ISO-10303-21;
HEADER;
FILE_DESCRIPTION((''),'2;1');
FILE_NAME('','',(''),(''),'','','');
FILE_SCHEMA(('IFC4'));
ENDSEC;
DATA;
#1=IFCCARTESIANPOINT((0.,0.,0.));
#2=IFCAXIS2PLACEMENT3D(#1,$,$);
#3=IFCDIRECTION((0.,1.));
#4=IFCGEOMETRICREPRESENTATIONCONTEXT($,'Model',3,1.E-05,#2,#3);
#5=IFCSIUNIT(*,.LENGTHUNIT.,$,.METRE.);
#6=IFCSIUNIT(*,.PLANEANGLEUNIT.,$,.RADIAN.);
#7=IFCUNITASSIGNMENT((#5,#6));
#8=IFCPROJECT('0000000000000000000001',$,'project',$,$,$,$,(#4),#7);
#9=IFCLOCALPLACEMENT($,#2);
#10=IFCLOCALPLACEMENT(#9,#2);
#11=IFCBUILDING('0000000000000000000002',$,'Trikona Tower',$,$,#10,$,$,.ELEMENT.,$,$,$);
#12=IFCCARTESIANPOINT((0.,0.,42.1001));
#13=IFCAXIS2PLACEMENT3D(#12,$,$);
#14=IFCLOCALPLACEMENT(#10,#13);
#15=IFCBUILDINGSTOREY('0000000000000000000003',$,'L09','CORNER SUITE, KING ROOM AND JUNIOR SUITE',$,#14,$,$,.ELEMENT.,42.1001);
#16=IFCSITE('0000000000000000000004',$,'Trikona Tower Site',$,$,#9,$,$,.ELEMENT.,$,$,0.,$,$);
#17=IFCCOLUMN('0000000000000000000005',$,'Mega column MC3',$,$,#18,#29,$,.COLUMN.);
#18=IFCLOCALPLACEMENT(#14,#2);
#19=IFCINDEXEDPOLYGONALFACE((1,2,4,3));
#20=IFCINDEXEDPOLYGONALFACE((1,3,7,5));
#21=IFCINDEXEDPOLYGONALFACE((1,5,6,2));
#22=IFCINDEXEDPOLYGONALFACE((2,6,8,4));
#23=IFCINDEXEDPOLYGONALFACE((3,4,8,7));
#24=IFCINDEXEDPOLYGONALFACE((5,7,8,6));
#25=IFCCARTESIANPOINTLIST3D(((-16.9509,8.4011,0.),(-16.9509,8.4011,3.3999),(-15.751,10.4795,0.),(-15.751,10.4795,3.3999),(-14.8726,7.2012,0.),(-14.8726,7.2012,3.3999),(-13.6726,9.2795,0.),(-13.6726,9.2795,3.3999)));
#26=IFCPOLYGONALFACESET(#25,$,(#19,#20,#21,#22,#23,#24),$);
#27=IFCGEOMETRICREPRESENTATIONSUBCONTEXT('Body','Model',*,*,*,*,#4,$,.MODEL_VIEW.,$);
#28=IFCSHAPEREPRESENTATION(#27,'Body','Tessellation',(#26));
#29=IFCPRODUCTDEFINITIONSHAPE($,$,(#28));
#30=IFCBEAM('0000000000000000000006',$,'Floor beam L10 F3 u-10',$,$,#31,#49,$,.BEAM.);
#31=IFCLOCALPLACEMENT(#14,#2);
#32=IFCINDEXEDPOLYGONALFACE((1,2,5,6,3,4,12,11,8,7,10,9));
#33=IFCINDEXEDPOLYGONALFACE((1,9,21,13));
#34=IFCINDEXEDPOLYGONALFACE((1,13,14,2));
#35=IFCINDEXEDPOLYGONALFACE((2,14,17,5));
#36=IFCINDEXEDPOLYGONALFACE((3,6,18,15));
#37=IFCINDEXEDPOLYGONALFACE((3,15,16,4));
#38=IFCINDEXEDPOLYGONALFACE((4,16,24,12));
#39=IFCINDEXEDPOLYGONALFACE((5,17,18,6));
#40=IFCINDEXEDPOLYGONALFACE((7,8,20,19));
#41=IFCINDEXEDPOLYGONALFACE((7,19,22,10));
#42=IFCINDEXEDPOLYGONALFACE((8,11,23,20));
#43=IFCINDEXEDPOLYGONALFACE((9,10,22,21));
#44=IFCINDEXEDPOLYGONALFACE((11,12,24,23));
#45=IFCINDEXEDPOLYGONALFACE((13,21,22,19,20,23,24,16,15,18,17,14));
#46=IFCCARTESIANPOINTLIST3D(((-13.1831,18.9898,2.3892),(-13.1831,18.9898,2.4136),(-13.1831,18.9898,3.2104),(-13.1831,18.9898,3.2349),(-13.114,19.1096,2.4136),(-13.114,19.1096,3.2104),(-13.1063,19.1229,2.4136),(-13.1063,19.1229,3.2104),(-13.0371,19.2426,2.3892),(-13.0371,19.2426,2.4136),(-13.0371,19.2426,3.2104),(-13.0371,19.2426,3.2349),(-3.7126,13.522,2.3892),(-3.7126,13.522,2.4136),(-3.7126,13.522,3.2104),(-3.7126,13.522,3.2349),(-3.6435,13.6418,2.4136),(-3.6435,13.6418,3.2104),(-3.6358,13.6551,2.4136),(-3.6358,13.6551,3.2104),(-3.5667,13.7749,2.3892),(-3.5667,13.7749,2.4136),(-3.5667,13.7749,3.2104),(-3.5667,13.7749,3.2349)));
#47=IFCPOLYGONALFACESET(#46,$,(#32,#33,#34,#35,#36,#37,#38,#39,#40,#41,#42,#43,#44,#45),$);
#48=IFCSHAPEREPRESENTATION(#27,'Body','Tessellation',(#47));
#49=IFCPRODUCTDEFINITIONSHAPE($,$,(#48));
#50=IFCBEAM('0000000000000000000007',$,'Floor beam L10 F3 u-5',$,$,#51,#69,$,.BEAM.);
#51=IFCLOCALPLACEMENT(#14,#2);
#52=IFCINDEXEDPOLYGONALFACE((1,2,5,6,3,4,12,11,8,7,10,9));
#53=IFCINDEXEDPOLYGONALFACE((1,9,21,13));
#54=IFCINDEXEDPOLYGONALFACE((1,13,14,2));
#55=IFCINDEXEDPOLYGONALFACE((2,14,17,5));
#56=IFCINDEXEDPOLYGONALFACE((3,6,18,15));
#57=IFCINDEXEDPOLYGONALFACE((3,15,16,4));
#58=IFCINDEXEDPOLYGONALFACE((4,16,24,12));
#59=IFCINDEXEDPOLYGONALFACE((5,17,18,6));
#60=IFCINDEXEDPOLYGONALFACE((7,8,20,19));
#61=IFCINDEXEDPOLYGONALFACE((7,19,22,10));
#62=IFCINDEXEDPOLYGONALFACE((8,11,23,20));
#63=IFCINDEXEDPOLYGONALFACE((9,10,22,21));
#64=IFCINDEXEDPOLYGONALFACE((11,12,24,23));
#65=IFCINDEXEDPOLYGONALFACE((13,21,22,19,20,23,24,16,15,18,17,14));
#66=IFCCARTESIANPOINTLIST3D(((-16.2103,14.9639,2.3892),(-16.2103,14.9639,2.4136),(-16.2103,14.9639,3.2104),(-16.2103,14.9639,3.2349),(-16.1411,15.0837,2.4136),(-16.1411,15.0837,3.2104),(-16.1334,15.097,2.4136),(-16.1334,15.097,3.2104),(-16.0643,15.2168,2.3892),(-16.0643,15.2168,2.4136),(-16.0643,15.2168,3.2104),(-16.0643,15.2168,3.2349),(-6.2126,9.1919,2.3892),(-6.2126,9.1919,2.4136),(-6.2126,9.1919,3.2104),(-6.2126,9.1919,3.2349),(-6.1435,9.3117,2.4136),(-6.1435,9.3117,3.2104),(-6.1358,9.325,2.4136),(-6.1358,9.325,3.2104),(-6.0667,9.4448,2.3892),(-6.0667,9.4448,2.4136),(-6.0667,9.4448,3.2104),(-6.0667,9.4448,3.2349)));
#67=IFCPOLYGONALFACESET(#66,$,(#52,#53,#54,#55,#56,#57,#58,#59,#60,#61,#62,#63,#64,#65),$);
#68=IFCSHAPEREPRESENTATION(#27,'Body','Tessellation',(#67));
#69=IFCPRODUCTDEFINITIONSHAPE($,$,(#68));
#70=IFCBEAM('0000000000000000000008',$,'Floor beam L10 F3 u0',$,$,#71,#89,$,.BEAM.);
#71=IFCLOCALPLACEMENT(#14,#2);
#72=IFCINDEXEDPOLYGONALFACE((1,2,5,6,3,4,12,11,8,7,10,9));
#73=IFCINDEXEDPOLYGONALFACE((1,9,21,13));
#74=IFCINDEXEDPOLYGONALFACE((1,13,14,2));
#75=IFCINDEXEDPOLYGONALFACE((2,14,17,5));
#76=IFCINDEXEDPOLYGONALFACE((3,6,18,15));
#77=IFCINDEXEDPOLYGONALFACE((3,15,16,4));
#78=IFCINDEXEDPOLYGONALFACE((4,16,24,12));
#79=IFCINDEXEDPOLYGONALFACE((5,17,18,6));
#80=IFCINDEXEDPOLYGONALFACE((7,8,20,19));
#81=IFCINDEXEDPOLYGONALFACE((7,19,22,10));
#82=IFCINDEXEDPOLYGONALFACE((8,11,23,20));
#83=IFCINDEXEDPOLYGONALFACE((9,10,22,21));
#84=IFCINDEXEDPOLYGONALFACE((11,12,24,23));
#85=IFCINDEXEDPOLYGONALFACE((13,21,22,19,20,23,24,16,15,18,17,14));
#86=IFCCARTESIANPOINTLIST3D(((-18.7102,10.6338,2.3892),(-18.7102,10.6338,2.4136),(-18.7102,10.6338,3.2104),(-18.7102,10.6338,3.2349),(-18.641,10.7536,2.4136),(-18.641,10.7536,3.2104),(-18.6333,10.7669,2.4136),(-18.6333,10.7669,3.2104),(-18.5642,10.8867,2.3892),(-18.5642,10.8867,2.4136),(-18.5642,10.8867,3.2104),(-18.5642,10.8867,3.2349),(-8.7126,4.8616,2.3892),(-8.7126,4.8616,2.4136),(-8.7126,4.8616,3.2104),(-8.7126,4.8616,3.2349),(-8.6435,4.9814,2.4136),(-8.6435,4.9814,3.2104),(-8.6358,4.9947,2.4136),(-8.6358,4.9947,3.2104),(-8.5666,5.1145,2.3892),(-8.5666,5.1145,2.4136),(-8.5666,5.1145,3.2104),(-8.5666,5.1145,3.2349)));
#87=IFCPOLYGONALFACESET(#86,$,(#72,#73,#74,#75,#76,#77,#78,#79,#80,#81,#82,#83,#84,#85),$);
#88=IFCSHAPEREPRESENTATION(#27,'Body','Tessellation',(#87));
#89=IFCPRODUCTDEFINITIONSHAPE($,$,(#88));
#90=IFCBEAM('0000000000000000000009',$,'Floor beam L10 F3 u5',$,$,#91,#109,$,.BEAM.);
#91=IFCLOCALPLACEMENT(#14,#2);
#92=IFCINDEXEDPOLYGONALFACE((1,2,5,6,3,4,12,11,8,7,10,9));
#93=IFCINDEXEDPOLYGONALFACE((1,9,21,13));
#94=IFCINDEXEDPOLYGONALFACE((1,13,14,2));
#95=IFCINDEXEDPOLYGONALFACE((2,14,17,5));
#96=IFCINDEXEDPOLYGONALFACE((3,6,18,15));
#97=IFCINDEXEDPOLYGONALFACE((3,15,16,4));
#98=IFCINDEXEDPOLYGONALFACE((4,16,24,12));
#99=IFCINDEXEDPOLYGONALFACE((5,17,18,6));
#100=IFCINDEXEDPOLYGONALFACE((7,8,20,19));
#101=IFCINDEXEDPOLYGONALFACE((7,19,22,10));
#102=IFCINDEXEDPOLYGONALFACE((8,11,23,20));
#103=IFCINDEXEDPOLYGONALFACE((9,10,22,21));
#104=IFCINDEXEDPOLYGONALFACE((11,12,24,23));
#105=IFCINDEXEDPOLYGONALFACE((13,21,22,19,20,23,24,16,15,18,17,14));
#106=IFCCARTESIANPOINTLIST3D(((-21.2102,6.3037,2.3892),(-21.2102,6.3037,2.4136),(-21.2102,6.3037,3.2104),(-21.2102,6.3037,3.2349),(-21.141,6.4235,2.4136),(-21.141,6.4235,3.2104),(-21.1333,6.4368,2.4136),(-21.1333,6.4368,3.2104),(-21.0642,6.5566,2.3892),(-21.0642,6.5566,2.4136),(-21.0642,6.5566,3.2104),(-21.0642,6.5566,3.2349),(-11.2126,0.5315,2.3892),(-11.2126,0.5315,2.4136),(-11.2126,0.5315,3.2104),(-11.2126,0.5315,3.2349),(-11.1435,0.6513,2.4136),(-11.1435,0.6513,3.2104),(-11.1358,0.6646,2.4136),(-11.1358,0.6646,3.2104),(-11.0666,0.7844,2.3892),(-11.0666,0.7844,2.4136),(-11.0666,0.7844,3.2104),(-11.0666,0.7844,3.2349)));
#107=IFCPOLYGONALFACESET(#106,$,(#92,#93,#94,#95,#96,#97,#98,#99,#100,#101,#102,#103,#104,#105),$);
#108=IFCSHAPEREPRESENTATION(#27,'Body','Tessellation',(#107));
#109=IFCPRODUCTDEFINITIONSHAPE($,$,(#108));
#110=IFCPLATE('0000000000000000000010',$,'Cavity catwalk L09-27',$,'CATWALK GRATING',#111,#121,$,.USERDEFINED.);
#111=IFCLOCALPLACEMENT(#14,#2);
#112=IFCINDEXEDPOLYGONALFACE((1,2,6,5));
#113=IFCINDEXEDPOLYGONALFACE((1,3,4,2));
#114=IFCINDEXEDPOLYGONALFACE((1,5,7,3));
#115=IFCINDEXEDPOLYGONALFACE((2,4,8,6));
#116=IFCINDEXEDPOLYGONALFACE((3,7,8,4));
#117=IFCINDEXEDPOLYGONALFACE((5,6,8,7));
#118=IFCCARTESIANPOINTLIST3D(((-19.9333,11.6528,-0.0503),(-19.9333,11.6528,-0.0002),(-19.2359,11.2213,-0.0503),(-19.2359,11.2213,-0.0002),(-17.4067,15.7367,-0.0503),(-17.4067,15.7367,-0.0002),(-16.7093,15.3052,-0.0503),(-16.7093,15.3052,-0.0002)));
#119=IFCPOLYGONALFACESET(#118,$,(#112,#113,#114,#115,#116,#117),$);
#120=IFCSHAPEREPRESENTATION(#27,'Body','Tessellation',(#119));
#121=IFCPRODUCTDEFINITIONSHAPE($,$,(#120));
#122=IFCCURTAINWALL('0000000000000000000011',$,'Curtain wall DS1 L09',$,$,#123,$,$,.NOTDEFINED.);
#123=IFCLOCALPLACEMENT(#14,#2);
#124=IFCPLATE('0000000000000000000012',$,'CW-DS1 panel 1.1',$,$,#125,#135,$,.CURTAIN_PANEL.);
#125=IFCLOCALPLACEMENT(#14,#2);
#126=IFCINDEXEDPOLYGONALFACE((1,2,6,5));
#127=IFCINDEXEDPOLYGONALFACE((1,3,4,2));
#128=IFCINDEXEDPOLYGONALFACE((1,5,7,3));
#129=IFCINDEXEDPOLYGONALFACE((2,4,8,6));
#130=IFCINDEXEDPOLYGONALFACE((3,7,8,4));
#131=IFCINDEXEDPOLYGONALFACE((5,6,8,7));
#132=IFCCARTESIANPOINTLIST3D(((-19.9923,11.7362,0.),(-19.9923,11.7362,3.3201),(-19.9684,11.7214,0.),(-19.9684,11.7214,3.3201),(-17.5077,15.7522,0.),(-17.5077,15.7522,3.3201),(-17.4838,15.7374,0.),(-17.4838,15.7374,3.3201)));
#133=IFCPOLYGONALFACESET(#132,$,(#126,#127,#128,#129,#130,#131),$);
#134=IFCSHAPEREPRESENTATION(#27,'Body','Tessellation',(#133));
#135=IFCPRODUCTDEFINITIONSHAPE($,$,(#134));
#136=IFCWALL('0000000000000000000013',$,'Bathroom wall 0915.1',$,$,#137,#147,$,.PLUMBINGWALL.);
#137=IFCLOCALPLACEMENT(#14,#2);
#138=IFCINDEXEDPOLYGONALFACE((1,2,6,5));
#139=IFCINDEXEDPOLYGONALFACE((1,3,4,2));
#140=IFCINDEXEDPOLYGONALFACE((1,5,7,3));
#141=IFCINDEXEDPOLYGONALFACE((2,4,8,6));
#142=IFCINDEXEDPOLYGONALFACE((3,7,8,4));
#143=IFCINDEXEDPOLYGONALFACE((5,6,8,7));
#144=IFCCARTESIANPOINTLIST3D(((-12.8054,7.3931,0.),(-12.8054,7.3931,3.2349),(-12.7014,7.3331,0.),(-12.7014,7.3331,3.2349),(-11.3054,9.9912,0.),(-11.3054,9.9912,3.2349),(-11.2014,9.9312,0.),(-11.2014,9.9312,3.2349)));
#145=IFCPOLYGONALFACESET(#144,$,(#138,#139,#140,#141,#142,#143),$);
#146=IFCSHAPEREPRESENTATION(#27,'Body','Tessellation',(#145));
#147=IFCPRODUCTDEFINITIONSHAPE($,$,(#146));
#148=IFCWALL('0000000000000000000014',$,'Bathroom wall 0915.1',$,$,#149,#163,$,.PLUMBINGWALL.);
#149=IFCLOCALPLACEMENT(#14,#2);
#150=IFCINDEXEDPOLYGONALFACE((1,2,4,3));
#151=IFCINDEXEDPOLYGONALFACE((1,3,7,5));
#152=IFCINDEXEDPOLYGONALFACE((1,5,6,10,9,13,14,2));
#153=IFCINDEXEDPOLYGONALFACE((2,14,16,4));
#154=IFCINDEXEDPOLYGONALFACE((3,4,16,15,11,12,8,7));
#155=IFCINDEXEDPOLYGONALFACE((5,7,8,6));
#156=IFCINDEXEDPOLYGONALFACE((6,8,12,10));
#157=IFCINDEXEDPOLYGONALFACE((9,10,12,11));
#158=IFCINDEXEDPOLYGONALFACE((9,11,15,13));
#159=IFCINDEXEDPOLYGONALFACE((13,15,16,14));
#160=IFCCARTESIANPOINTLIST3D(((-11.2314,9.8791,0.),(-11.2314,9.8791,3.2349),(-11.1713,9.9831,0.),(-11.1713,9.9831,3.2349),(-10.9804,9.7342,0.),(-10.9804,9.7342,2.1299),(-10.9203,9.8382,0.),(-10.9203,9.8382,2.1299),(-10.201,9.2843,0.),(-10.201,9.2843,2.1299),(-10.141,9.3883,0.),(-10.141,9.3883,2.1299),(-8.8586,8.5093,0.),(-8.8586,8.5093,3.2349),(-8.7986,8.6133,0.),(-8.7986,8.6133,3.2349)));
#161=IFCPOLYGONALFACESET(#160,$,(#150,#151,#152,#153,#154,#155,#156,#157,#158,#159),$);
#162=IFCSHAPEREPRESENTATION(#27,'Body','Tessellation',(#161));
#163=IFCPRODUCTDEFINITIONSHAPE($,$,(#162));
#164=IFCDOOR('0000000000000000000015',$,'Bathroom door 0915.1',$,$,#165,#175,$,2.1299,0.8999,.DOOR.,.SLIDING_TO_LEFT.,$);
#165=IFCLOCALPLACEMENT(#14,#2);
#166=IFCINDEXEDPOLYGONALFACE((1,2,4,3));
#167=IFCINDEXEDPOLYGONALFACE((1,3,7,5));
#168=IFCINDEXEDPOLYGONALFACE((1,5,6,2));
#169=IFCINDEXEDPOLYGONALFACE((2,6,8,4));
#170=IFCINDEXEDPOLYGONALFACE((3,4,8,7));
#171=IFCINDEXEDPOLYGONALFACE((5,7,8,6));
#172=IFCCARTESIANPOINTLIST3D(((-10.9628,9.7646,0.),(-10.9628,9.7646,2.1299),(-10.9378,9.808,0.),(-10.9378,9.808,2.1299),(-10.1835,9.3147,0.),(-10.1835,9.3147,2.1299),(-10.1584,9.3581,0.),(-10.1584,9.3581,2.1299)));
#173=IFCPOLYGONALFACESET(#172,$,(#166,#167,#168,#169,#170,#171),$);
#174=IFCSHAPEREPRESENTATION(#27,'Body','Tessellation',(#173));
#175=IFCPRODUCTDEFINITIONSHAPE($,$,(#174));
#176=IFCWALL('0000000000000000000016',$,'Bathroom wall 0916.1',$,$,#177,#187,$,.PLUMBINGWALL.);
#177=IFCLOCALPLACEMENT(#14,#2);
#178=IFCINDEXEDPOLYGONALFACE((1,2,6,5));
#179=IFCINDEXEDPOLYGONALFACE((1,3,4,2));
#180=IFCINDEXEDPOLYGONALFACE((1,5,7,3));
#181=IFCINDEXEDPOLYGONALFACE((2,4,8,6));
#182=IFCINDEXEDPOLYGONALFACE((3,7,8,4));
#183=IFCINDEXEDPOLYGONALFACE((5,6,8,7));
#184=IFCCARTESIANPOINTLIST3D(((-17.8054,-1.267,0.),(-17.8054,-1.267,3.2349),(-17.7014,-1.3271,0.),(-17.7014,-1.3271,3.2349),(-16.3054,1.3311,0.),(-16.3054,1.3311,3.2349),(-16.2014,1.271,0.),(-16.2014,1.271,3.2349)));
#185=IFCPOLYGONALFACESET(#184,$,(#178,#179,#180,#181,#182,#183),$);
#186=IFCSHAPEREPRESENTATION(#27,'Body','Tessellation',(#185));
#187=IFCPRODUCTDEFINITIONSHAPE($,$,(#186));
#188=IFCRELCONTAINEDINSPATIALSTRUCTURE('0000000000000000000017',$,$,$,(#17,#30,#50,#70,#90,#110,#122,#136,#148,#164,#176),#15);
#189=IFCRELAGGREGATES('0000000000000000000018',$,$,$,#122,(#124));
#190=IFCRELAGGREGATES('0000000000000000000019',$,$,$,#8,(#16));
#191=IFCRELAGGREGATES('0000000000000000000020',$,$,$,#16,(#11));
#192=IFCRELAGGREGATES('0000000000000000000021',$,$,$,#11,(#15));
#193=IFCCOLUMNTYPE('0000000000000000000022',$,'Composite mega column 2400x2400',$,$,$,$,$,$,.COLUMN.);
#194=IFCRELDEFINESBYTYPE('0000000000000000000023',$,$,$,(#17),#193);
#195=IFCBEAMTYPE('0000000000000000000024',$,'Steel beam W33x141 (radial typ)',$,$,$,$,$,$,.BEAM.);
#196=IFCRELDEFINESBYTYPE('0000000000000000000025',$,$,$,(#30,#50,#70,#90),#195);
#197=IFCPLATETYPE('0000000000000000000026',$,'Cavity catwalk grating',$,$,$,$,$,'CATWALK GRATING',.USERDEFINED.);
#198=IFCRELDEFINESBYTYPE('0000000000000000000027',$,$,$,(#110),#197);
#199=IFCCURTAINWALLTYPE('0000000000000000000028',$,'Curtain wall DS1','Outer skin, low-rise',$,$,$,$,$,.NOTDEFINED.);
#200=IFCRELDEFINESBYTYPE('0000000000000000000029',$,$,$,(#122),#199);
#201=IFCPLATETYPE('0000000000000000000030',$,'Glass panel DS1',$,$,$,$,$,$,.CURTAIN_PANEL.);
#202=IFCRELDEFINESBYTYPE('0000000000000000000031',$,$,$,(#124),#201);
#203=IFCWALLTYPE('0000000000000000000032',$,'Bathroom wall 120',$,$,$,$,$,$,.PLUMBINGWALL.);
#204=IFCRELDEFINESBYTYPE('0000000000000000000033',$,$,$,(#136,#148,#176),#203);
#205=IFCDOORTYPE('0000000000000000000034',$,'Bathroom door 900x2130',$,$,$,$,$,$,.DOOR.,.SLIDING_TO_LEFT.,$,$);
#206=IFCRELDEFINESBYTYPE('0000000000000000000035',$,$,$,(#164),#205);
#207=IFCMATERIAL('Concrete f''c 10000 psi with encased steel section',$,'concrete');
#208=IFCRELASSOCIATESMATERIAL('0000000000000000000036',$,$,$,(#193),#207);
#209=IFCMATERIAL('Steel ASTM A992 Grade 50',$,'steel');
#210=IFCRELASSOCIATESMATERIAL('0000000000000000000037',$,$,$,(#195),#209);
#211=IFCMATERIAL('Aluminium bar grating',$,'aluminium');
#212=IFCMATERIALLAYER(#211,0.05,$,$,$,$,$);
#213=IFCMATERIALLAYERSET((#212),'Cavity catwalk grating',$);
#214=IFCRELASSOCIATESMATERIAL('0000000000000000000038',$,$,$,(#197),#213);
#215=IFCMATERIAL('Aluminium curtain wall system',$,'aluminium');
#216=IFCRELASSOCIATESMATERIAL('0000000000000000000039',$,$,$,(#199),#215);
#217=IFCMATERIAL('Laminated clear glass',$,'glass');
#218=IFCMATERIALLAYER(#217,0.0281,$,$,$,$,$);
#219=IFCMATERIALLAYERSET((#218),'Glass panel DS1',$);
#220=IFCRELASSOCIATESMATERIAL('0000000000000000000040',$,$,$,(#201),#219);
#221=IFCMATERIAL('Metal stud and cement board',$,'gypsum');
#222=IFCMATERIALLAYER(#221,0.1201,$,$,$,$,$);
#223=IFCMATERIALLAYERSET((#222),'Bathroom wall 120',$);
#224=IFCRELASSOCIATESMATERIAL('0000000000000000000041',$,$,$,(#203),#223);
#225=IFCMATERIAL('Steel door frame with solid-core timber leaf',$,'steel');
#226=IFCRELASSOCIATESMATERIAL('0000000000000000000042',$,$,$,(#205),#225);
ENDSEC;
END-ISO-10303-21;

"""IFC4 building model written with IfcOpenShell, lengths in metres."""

from ifc_helpers import new_model, si_unit, direction, frame, frame_2d, origin, origin_2d, place, context, subcontext, project, spatial, rectangle, i_section, extrude, material, layer, layer_set, material_profile, profile_set, type_object, element, fill, aggregate, save


model = new_model("IFC4")

# Units and contexts
model_context = context("Model", 3, precision=1e-05, world=origin(), true_north=direction((0.0, 1.0)))
body_context = subcontext(model_context, "Body", "Model", "MODEL_VIEW")
ifc_project = project(units=[si_unit("LENGTHUNIT", "METRE"), si_unit("PLANEANGLEUNIT", "RADIAN")], contexts=[model_context])

# Site, building, storey
site_placement = place(None, origin())
site = spatial("IfcSite", under=ifc_project, at=site_placement, Name="Trikona Tower Site", CompositionType="ELEMENT", RefElevation=0.0)
building_placement = place(site_placement, origin())
building = spatial("IfcBuilding", under=site, at=building_placement, Name="Trikona Tower", CompositionType="ELEMENT")
storey_placement = place(building_placement, frame((0.0, 0.0, 42.1001)))
storey = spatial("IfcBuildingStorey", under=building, at=storey_placement, Name="L09", Description="CORNER SUITE, KING ROOM AND JUNIOR SUITE", CompositionType="ELEMENT", Elevation=42.1001)

# Column
ifc_material_1 = material(Name="Concrete f'c 10000 psi with encased steel section", Category="concrete")
ifc_material_profile_1 = material_profile(ifc_material_1, rectangle(XDim=2.3999, YDim=2.3999, at=origin_2d()), Name="MC2400")
ifc_profile_set_1 = profile_set([ifc_material_profile_1], Name="Concrete f'c 10000 psi with encased steel section")
column_type = type_object("IfcColumnType", Name="Composite mega column 2400x2400", PredefinedType="COLUMN", material=ifc_profile_set_1)
column_placement = place(storey_placement, frame((-15.3118, 8.8403, 0.0), z_axis=(0.0, 0.0, 1.0), x_axis=(-0.866025, 0.5, 0.0)))
element("IfcColumn", 1, at=column_placement, inside=storey, type_object=column_type, Name="Mega column MC3", PredefinedType="COLUMN", context=body_context, shape_type="SweptSolid", body=[
    extrude(rectangle(XDim=2.3999, YDim=2.3999, at=origin_2d()), origin(), (0.0, 0.0, 1.0), 3.3999),
])

# Beams
ifc_material_2 = material(Name="Steel ASTM A992 Grade 50", Category="steel")
ifc_material_profile_2 = material_profile(ifc_material_2, i_section(OverallWidth=0.292, OverallDepth=0.8457, WebThickness=0.0154, FlangeThickness=0.0244, at=origin_2d()), Name="W33X141")
ifc_profile_set_2 = profile_set([ifc_material_profile_2], Name="Steel ASTM A992 Grade 50")
beam_type = type_object("IfcBeamType", Name="Steel beam W33x141 (radial typ)", PredefinedType="BEAM", material=ifc_profile_set_2)
beam_placement = place(storey_placement, frame((-3.6396, 13.6484, 2.812), z_axis=(-0.866025, 0.5, 0.0), x_axis=(-0.5, -0.866025, 0.0)))
element("IfcBeam", 2, at=beam_placement, inside=storey, type_object=beam_type, Name="Floor beam L10 F3 u-10", PredefinedType="BEAM", context=body_context, shape_type="SweptSolid", body=[
    extrude(i_section(OverallWidth=0.292, OverallDepth=0.8457, WebThickness=0.0154, FlangeThickness=0.0244, at=origin_2d()), origin(), (0.0, 0.0, 1.0), 10.9355),
])
for number, where, z_axis, x_axis, name in (
    (3, (-6.1396, 9.3184, 2.812), (-0.86603, 0.499992, 0.0), (-0.499992, -0.86603, 0.0), "Floor beam L10 F3 u-5"),
    (4, (-8.6396, 4.988, 2.812), (-0.866021, 0.500008, 0.0), (-0.500008, -0.866021, 0.0), "Floor beam L10 F3 u0"),
    (5, (-11.1396, 0.658, 2.812), (-0.866021, 0.500008, 0.0), (-0.500008, -0.866021, 0.0), "Floor beam L10 F3 u5"),
):
    element("IfcBeam", number, at=place(storey_placement, frame(where, z_axis=z_axis, x_axis=x_axis)), inside=storey, type_object=beam_type, Name=name, PredefinedType="BEAM", context=body_context, shape_type="SweptSolid", body=[
        extrude(i_section(OverallWidth=0.292, OverallDepth=0.8457, WebThickness=0.0154, FlangeThickness=0.0244, at=origin_2d()), origin(), (0.0, 0.0, 1.0), 11.5442),
    ])

# Plate
ifc_material_3 = material(Name="Aluminium bar grating", Category="aluminium")
ifc_layer_1 = layer(ifc_material_3, 0.05)
ifc_layer_set_1 = layer_set([ifc_layer_1], Name="Cavity catwalk grating")
plate_type_1 = type_object("IfcPlateType", Name="Cavity catwalk grating", ElementType="CATWALK GRATING", PredefinedType="USERDEFINED", material=ifc_layer_set_1)
plate_1_placement = place(storey_placement, frame((-18.3213, 13.479, -0.0503), z_axis=(0.0, 0.0, 1.0), x_axis=(-0.526119, -0.850411, 0.0)))
element("IfcPlate", 6, at=plate_1_placement, inside=storey, type_object=plate_type_1, Name="Cavity catwalk L09-27", ObjectType="CATWALK GRATING", PredefinedType="USERDEFINED", context=body_context, shape_type="SweptSolid", body=[
    extrude(rectangle(XDim=4.8022, YDim=0.8201, at=origin_2d()), origin(), (0.0, 0.0, 1.0), 0.05),
])

# Curtain wall, plate
ifc_material_4 = material(Name="Aluminium curtain wall system", Category="aluminium")
curtain_wall_type = type_object("IfcCurtainWallType", Name="Curtain wall DS1", Description="Outer skin, low-rise", PredefinedType="NOTDEFINED", material=ifc_material_4)
curtain_wall_placement = place(storey_placement, origin())
curtain_wall = element("IfcCurtainWall", 7, at=curtain_wall_placement, inside=storey, type_object=curtain_wall_type, Name="Curtain wall DS1 L09", PredefinedType="NOTDEFINED")
ifc_material_5 = material(Name="Laminated clear glass", Category="glass")
ifc_layer_2 = layer(ifc_material_5, 0.0281)
ifc_layer_set_2 = layer_set([ifc_layer_2], Name="Glass panel DS1")
plate_type_2 = type_object("IfcPlateType", Name="Glass panel DS1", PredefinedType="CURTAIN_PANEL", material=ifc_layer_set_2)
plate_2_placement = place(storey_placement, frame((-18.738, 13.7368, 0.0), z_axis=(0.0, 0.0, 1.0), x_axis=(-0.52612, -0.85041, 0.0)))
plate_2 = element("IfcPlate", 8, at=plate_2_placement, type_object=plate_type_2, Name="CW-DS1 panel 1.1", PredefinedType="CURTAIN_PANEL", context=body_context, shape_type="SweptSolid", body=[
    extrude(rectangle(XDim=4.7224, YDim=0.0281, at=origin_2d()), origin(), (0.0, 0.0, 1.0), 3.3201),
])
aggregate(curtain_wall, [plate_2])

# Wall
ifc_material_6 = material(Name="Metal stud and cement board", Category="gypsum")
ifc_layer_3 = layer(ifc_material_6, 0.1201)
ifc_layer_set_3 = layer_set([ifc_layer_3], Name="Bathroom wall 120")
wall_type_1 = type_object("IfcWallType", Name="Bathroom wall 120", PredefinedType="PLUMBINGWALL", material=ifc_layer_set_3)
wall_1_placement = place(storey_placement, frame((-11.2534, 9.9612, 0.0), z_axis=(0.0, 0.0, 1.0), x_axis=(-0.49999, -0.866031, 0.0)))
element("IfcWall", 9, at=wall_1_placement, inside=storey, type_object=wall_type_1, Name="Bathroom wall 0915.1", PredefinedType="PLUMBINGWALL", context=body_context, shape_type="SweptSolid", body=[
    extrude(rectangle(XDim=3.0, YDim=0.1201, at=frame_2d((1.5, 0.0))), origin(), (0.0, 0.0, 1.0), 3.2349),
])

# Wall, opening, door
wall_2_placement = place(storey_placement, frame((-8.8286, 8.5613, 0.0), z_axis=(0.0, 0.0, 1.0), x_axis=(-0.866036, 0.499982, 0.0)))
wall_2 = element("IfcWall", 10, at=wall_2_placement, inside=storey, type_object=wall_type_1, Name="Bathroom wall 0915.1", PredefinedType="PLUMBINGWALL", context=body_context, shape_type="SweptSolid", body=[
    extrude(rectangle(XDim=2.7397, YDim=0.1201, at=frame_2d((1.3699, 0.0))), origin(), (0.0, 0.0, 1.0), 3.2349),
])
opening_1_placement = place(wall_2_placement, frame((1.55, 0.0, 0.0)))
opening_1 = element("IfcOpeningElement", 11, at=opening_1_placement, cuts=wall_2, PredefinedType="OPENING", context=body_context, shape_type="SweptSolid", body=[
    extrude(rectangle(XDim=0.8999, YDim=2.1299, at=frame_2d((0.45, 1.0649))), frame((0.0, 0.0701, 0.0), z_axis=(0.0, -1.0, 0.0), x_axis=(1.0, 0.0, 0.0)), (0.0, 0.0, 1.0), 0.1401),
])
ifc_material_7 = material(Name="Steel door frame with solid-core timber leaf", Category="steel")
door_type_1 = type_object("IfcDoorType", Name="Bathroom door 900x2130", OperationType="SLIDING_TO_LEFT", PredefinedType="DOOR", material=ifc_material_7)
door_1_placement = place(opening_1_placement, origin())
door_1 = element("IfcDoor", 12, at=door_1_placement, inside=storey, type_object=door_type_1, Name="Bathroom door 0915.1", OperationType="SLIDING_TO_LEFT", OverallHeight=2.1299, OverallWidth=0.8999, PredefinedType="DOOR", context=body_context, shape_type="SweptSolid", body=[
    extrude(rectangle(XDim=0.8999, YDim=2.1299, at=frame_2d((0.45, 1.0649))), frame((0.0, 0.0249, 0.0), z_axis=(0.0, -1.0, 0.0), x_axis=(1.0, 0.0, 0.0)), (0.0, 0.0, 1.0), 0.05),
])
fill(opening_1, door_1)

# Wall
wall_3_placement = place(storey_placement, frame((-16.2534, 1.301, 0.0), z_axis=(0.0, 0.0, 1.0), x_axis=(-0.49999, -0.866031, 0.0)))
element("IfcWall", 13, at=wall_3_placement, inside=storey, type_object=wall_type_1, Name="Bathroom wall 0916.1", PredefinedType="PLUMBINGWALL", context=body_context, shape_type="SweptSolid", body=[
    extrude(rectangle(XDim=3.0, YDim=0.1201, at=frame_2d((1.5, 0.0))), origin(), (0.0, 0.0, 1.0), 3.2349),
])

save(model, "model.ifc")
